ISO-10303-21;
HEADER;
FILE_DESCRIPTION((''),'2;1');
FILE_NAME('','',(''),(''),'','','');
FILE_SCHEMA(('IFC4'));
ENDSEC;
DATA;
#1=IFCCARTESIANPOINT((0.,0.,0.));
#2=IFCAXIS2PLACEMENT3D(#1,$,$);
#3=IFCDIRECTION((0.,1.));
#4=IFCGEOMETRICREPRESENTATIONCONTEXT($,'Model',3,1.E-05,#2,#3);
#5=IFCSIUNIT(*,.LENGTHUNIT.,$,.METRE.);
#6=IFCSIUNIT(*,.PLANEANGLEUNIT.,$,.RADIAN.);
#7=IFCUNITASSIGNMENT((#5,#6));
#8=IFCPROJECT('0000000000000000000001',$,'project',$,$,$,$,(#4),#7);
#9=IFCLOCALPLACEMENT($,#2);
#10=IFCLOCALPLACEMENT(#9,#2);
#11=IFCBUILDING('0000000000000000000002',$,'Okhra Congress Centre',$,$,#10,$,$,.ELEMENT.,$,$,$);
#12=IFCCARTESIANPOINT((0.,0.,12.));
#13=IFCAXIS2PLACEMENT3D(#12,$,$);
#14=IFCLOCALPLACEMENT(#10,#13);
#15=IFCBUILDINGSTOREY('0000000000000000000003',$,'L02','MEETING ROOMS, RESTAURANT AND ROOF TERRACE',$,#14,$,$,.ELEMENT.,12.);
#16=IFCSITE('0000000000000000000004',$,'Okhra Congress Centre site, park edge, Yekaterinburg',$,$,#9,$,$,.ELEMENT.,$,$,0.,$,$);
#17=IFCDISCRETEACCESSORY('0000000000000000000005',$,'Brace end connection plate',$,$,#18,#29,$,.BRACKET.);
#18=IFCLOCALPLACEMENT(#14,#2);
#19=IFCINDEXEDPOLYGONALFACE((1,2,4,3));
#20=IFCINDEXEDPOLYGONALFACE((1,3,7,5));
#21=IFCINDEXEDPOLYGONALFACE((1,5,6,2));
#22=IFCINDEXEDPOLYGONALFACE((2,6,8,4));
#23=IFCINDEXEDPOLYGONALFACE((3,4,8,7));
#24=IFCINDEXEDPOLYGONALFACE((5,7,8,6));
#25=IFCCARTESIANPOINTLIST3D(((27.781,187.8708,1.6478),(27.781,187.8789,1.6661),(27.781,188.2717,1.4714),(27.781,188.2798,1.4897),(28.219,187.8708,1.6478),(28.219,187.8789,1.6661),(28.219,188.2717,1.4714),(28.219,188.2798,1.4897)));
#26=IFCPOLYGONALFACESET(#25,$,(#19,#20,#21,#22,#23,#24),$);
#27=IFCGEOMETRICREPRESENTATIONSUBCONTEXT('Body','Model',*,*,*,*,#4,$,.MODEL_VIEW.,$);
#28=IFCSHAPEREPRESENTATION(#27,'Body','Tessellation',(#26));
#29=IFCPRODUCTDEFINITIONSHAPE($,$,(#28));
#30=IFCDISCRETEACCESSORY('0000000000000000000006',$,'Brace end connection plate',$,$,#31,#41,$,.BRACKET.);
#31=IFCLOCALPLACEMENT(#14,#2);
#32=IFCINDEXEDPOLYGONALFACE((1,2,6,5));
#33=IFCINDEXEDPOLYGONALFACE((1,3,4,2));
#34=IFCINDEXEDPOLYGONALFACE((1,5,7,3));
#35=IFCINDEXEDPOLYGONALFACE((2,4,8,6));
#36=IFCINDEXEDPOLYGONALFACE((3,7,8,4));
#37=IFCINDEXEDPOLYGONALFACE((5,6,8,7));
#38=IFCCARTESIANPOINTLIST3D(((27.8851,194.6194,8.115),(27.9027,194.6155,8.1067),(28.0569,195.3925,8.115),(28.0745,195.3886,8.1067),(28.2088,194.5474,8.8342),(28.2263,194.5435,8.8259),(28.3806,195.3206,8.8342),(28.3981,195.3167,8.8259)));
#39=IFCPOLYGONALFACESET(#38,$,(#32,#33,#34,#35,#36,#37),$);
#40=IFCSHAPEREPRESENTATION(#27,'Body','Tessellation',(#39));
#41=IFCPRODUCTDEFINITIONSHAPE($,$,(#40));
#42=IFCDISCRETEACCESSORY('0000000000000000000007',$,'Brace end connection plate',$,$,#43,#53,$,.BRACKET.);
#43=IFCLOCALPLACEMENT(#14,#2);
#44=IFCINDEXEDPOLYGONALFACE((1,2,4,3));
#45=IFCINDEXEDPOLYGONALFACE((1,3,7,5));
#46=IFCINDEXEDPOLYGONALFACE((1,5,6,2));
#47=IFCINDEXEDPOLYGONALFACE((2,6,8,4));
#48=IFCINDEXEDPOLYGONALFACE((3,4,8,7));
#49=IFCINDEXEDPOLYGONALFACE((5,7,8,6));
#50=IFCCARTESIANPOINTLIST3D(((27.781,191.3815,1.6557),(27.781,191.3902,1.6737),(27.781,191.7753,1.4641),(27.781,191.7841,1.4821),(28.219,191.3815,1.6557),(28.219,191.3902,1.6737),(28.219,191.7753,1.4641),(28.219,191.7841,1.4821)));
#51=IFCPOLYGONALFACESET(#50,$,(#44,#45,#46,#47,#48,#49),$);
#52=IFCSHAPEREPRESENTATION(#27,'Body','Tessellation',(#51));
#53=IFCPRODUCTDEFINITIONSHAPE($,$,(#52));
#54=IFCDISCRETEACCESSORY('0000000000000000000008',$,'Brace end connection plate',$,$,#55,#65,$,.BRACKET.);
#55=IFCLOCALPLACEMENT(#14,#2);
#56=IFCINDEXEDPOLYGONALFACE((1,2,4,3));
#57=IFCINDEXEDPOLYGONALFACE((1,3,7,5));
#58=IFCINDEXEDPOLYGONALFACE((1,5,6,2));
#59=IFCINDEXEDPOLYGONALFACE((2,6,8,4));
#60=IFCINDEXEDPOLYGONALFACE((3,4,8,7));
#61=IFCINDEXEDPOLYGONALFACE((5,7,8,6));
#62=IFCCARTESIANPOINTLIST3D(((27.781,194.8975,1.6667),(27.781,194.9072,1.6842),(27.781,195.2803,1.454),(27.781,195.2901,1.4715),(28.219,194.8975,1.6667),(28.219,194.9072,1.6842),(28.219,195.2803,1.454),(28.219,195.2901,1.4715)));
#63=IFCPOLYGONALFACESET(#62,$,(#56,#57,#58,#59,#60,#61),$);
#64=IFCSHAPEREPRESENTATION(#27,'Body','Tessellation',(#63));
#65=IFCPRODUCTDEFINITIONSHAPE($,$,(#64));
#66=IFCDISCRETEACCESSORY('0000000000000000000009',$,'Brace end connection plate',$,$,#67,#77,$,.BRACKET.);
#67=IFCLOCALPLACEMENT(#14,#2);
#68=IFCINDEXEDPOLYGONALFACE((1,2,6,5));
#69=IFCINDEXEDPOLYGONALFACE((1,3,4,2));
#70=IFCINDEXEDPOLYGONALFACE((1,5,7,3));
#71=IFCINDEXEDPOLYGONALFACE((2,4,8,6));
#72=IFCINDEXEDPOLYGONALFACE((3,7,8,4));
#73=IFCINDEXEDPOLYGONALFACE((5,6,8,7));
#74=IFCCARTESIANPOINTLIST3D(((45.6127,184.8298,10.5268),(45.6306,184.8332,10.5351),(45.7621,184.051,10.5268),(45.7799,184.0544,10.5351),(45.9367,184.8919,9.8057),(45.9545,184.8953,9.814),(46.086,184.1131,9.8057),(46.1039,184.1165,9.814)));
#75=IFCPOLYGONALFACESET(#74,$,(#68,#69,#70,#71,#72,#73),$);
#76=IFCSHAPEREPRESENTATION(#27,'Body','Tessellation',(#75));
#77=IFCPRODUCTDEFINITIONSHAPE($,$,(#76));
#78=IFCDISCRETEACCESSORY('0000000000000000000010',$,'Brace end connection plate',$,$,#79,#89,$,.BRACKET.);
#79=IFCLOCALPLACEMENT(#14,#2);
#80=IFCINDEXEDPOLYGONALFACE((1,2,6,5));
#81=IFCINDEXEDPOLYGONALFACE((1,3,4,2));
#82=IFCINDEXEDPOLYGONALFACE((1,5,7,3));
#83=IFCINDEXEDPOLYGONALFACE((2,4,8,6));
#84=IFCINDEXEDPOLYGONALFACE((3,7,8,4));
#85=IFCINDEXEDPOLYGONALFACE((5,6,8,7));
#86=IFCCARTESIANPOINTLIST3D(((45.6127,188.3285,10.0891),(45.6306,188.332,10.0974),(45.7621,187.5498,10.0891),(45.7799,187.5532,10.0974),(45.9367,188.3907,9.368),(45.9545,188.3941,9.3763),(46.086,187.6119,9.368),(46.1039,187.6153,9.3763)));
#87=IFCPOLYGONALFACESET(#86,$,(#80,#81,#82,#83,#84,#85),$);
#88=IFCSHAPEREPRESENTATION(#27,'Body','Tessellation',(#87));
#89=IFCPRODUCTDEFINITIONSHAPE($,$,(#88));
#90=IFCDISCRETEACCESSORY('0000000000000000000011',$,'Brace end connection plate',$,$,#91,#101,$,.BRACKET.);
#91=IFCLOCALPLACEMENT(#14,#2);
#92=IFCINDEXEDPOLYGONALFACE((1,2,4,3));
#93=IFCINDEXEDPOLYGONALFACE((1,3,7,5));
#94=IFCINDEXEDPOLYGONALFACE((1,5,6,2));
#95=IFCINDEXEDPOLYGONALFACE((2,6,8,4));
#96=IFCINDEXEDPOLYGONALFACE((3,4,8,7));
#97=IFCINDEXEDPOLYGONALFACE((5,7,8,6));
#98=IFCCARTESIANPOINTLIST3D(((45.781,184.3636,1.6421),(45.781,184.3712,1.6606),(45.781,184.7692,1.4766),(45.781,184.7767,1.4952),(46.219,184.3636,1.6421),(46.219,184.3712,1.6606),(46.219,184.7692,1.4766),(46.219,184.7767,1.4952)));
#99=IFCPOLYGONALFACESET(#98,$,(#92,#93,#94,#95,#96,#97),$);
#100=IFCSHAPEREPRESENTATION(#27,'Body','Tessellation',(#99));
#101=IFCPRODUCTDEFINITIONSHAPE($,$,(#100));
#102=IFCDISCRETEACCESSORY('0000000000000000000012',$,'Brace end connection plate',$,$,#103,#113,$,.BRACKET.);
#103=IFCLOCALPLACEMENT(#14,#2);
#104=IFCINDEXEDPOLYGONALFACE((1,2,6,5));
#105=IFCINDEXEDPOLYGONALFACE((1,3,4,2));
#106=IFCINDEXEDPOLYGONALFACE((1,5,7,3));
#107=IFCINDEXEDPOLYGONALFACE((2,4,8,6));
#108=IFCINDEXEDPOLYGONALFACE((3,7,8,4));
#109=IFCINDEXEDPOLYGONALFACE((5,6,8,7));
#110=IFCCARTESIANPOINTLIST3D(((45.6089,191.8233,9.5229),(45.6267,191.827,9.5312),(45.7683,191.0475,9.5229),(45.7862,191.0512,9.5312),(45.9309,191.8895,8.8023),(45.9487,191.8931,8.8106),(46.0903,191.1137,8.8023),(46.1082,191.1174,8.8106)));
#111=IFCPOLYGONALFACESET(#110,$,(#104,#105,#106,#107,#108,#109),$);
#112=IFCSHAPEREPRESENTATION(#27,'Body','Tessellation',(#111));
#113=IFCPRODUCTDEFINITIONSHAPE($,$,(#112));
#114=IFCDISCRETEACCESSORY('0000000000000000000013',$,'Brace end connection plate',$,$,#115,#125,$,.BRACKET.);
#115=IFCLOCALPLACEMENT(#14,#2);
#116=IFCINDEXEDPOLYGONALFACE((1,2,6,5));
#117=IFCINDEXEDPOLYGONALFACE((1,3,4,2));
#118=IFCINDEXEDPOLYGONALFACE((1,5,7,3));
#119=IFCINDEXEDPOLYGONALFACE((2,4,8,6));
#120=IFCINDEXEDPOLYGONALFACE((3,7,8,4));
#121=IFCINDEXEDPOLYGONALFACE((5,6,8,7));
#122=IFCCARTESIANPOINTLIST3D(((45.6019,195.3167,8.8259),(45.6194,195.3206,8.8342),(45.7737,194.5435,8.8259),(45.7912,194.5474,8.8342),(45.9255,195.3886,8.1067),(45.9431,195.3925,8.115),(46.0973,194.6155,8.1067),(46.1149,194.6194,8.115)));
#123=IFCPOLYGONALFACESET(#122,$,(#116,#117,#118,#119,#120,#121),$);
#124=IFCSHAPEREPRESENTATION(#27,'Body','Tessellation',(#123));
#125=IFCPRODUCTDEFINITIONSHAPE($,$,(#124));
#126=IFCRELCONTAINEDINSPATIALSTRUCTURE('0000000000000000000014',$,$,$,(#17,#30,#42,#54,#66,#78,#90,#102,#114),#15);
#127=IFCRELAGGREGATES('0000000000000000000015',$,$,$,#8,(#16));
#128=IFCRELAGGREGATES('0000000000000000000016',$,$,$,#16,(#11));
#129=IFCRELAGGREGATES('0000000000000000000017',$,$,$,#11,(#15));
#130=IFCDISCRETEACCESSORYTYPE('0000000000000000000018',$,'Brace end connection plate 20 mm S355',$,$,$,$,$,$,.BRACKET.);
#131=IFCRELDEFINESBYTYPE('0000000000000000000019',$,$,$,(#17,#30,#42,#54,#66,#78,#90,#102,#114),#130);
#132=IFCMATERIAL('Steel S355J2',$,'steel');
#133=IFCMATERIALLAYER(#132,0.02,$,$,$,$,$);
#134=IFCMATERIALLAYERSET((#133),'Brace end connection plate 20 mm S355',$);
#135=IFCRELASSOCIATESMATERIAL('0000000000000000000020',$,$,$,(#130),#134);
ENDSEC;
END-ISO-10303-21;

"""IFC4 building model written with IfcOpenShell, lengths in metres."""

from ifc_helpers import new_model, si_unit, direction, frame, origin, origin_2d, place, context, subcontext, project, spatial, rectangle, extrude, material, layer, layer_set, type_object, element, save


model = new_model("IFC4")

# Units and contexts
model_context = context("Model", 3, precision=1e-05, world=origin(), true_north=direction((0.0, 1.0)))
body_context = subcontext(model_context, "Body", "Model", "MODEL_VIEW")
ifc_project = project(units=[si_unit("LENGTHUNIT", "METRE"), si_unit("PLANEANGLEUNIT", "RADIAN")], contexts=[model_context])

# Site, building, storey
site_placement = place(None, origin())
site = spatial("IfcSite", under=ifc_project, at=site_placement, Name="Okhra Congress Centre site, park edge, Yekaterinburg", CompositionType="ELEMENT", RefElevation=0.0)
building_placement = place(site_placement, origin())
building = spatial("IfcBuilding", under=site, at=building_placement, Name="Okhra Congress Centre", CompositionType="ELEMENT")
storey_placement = place(building_placement, frame((0.0, 0.0, 12.0)))
storey = spatial("IfcBuildingStorey", under=building, at=storey_placement, Name="L02", Description="MEETING ROOMS, RESTAURANT AND ROOF TERRACE", CompositionType="ELEMENT", Elevation=12.0)

# Shared definitions
ifc_material_1 = material(Name="Steel S355J2", Category="steel")

# Discrete accessories
ifc_layer = layer(ifc_material_1, 0.02)
ifc_layer_set = layer_set([ifc_layer], Name="Brace end connection plate 20 mm S355")
discrete_accessory_type = type_object("IfcDiscreteAccessoryType", Name="Brace end connection plate 20 mm S355", PredefinedType="BRACKET", material=ifc_layer_set)
discrete_accessory_1_placement = place(storey_placement, frame((28.0, 188.0793, 1.5779), z_axis=(0.0, -0.402739, -0.915315), x_axis=(1.0, 0.0, 0.0)))
element("IfcDiscreteAccessory", 1, at=discrete_accessory_1_placement, inside=storey, type_object=discrete_accessory_type, Name="Brace end connection plate", PredefinedType="BRACKET", context=body_context, shape_type="SweptSolid", body=[
    extrude(rectangle(XDim=0.438, YDim=0.438, at=origin_2d()), origin(), (0.0, 0.0, 1.0), 0.02),
])
discrete_accessory_2_placement = place(storey_placement, frame((28.1504, 194.9661, 8.4663), z_axis=(-0.886527, 0.197006, 0.418638), x_axis=(-0.21693, -0.976187, 0.0)))
element("IfcDiscreteAccessory", 2, at=discrete_accessory_2_placement, inside=storey, type_object=discrete_accessory_type, Name="Brace end connection plate", PredefinedType="BRACKET", context=body_context, shape_type="SweptSolid", body=[
    extrude(rectangle(XDim=0.792, YDim=0.792, at=origin_2d()), origin(), (0.0, 0.0, 1.0), 0.0198),
])
for number, where, z_axis, x_axis, name in (
    (3, (28.0, 191.5872, 1.5779), (0.0, -0.437466, -0.899235), (1.0, 0.0, 0.0), "Brace end connection plate"),
    (4, (28.0, 195.0986, 1.5779), (0.0, -0.485643, -0.874157), (1.0, 0.0, 0.0), "Brace end connection plate"),
):
    element("IfcDiscreteAccessory", number, at=place(storey_placement, frame(where, z_axis=z_axis, x_axis=x_axis)), inside=storey, type_object=discrete_accessory_type, Name=name, PredefinedType="BRACKET", context=body_context, shape_type="SweptSolid", body=[
        extrude(rectangle(XDim=0.438, YDim=0.438, at=origin_2d()), origin(), (0.0, 0.0, 1.0), 0.02),
    ])
for number, where, z_axis, x_axis, name in (
    (5, (45.8494, 184.4714, 10.1663), (0.893104, 0.17128, 0.415966), (-0.188348, 0.982102, 0.0), "Brace end connection plate"),
    (6, (45.8494, 187.9702, 9.7285), (0.893104, 0.17128, 0.415966), (-0.188348, 0.982102, 0.0), "Brace end connection plate"),
):
    element("IfcDiscreteAccessory", number, at=place(storey_placement, frame(where, z_axis=z_axis, x_axis=x_axis)), inside=storey, type_object=discrete_accessory_type, Name=name, PredefinedType="BRACKET", context=body_context, shape_type="SweptSolid", body=[
        extrude(rectangle(XDim=0.793, YDim=0.793, at=origin_2d()), origin(), (0.0, 0.0, 1.0), 0.02),
    ])
discrete_accessory_3_placement = place(storey_placement, frame((46.0, 184.574, 1.5779), z_axis=(0.0, -0.377684, -0.925935), x_axis=(1.0, 0.0, 0.0)))
element("IfcDiscreteAccessory", 7, at=discrete_accessory_3_placement, inside=storey, type_object=discrete_accessory_type, Name="Brace end connection plate", PredefinedType="BRACKET", context=body_context, shape_type="SweptSolid", body=[
    extrude(rectangle(XDim=0.438, YDim=0.438, at=origin_2d()), origin(), (0.0, 0.0, 1.0), 0.02),
])
discrete_accessory_4_placement = place(storey_placement, frame((45.8496, 191.4685, 9.1626), z_axis=(0.891172, 0.183118, 0.415066), x_axis=(-0.201274, 0.979535, 0.0)))
element("IfcDiscreteAccessory", 8, at=discrete_accessory_4_placement, inside=storey, type_object=discrete_accessory_type, Name="Brace end connection plate", PredefinedType="BRACKET", context=body_context, shape_type="SweptSolid", body=[
    extrude(rectangle(XDim=0.792, YDim=0.792, at=origin_2d()), origin(), (0.0, 0.0, 1.0), 0.02),
])
discrete_accessory_5_placement = place(storey_placement, frame((45.8496, 194.9661, 8.4663), z_axis=(0.886527, 0.197006, 0.418638), x_axis=(-0.21693, 0.976187, 0.0)))
element("IfcDiscreteAccessory", 9, at=discrete_accessory_5_placement, inside=storey, type_object=discrete_accessory_type, Name="Brace end connection plate", PredefinedType="BRACKET", context=body_context, shape_type="SweptSolid", body=[
    extrude(rectangle(XDim=0.792, YDim=0.792, at=origin_2d()), origin(), (0.0, 0.0, 1.0), 0.0198),
])

save(model, "model.ifc")
